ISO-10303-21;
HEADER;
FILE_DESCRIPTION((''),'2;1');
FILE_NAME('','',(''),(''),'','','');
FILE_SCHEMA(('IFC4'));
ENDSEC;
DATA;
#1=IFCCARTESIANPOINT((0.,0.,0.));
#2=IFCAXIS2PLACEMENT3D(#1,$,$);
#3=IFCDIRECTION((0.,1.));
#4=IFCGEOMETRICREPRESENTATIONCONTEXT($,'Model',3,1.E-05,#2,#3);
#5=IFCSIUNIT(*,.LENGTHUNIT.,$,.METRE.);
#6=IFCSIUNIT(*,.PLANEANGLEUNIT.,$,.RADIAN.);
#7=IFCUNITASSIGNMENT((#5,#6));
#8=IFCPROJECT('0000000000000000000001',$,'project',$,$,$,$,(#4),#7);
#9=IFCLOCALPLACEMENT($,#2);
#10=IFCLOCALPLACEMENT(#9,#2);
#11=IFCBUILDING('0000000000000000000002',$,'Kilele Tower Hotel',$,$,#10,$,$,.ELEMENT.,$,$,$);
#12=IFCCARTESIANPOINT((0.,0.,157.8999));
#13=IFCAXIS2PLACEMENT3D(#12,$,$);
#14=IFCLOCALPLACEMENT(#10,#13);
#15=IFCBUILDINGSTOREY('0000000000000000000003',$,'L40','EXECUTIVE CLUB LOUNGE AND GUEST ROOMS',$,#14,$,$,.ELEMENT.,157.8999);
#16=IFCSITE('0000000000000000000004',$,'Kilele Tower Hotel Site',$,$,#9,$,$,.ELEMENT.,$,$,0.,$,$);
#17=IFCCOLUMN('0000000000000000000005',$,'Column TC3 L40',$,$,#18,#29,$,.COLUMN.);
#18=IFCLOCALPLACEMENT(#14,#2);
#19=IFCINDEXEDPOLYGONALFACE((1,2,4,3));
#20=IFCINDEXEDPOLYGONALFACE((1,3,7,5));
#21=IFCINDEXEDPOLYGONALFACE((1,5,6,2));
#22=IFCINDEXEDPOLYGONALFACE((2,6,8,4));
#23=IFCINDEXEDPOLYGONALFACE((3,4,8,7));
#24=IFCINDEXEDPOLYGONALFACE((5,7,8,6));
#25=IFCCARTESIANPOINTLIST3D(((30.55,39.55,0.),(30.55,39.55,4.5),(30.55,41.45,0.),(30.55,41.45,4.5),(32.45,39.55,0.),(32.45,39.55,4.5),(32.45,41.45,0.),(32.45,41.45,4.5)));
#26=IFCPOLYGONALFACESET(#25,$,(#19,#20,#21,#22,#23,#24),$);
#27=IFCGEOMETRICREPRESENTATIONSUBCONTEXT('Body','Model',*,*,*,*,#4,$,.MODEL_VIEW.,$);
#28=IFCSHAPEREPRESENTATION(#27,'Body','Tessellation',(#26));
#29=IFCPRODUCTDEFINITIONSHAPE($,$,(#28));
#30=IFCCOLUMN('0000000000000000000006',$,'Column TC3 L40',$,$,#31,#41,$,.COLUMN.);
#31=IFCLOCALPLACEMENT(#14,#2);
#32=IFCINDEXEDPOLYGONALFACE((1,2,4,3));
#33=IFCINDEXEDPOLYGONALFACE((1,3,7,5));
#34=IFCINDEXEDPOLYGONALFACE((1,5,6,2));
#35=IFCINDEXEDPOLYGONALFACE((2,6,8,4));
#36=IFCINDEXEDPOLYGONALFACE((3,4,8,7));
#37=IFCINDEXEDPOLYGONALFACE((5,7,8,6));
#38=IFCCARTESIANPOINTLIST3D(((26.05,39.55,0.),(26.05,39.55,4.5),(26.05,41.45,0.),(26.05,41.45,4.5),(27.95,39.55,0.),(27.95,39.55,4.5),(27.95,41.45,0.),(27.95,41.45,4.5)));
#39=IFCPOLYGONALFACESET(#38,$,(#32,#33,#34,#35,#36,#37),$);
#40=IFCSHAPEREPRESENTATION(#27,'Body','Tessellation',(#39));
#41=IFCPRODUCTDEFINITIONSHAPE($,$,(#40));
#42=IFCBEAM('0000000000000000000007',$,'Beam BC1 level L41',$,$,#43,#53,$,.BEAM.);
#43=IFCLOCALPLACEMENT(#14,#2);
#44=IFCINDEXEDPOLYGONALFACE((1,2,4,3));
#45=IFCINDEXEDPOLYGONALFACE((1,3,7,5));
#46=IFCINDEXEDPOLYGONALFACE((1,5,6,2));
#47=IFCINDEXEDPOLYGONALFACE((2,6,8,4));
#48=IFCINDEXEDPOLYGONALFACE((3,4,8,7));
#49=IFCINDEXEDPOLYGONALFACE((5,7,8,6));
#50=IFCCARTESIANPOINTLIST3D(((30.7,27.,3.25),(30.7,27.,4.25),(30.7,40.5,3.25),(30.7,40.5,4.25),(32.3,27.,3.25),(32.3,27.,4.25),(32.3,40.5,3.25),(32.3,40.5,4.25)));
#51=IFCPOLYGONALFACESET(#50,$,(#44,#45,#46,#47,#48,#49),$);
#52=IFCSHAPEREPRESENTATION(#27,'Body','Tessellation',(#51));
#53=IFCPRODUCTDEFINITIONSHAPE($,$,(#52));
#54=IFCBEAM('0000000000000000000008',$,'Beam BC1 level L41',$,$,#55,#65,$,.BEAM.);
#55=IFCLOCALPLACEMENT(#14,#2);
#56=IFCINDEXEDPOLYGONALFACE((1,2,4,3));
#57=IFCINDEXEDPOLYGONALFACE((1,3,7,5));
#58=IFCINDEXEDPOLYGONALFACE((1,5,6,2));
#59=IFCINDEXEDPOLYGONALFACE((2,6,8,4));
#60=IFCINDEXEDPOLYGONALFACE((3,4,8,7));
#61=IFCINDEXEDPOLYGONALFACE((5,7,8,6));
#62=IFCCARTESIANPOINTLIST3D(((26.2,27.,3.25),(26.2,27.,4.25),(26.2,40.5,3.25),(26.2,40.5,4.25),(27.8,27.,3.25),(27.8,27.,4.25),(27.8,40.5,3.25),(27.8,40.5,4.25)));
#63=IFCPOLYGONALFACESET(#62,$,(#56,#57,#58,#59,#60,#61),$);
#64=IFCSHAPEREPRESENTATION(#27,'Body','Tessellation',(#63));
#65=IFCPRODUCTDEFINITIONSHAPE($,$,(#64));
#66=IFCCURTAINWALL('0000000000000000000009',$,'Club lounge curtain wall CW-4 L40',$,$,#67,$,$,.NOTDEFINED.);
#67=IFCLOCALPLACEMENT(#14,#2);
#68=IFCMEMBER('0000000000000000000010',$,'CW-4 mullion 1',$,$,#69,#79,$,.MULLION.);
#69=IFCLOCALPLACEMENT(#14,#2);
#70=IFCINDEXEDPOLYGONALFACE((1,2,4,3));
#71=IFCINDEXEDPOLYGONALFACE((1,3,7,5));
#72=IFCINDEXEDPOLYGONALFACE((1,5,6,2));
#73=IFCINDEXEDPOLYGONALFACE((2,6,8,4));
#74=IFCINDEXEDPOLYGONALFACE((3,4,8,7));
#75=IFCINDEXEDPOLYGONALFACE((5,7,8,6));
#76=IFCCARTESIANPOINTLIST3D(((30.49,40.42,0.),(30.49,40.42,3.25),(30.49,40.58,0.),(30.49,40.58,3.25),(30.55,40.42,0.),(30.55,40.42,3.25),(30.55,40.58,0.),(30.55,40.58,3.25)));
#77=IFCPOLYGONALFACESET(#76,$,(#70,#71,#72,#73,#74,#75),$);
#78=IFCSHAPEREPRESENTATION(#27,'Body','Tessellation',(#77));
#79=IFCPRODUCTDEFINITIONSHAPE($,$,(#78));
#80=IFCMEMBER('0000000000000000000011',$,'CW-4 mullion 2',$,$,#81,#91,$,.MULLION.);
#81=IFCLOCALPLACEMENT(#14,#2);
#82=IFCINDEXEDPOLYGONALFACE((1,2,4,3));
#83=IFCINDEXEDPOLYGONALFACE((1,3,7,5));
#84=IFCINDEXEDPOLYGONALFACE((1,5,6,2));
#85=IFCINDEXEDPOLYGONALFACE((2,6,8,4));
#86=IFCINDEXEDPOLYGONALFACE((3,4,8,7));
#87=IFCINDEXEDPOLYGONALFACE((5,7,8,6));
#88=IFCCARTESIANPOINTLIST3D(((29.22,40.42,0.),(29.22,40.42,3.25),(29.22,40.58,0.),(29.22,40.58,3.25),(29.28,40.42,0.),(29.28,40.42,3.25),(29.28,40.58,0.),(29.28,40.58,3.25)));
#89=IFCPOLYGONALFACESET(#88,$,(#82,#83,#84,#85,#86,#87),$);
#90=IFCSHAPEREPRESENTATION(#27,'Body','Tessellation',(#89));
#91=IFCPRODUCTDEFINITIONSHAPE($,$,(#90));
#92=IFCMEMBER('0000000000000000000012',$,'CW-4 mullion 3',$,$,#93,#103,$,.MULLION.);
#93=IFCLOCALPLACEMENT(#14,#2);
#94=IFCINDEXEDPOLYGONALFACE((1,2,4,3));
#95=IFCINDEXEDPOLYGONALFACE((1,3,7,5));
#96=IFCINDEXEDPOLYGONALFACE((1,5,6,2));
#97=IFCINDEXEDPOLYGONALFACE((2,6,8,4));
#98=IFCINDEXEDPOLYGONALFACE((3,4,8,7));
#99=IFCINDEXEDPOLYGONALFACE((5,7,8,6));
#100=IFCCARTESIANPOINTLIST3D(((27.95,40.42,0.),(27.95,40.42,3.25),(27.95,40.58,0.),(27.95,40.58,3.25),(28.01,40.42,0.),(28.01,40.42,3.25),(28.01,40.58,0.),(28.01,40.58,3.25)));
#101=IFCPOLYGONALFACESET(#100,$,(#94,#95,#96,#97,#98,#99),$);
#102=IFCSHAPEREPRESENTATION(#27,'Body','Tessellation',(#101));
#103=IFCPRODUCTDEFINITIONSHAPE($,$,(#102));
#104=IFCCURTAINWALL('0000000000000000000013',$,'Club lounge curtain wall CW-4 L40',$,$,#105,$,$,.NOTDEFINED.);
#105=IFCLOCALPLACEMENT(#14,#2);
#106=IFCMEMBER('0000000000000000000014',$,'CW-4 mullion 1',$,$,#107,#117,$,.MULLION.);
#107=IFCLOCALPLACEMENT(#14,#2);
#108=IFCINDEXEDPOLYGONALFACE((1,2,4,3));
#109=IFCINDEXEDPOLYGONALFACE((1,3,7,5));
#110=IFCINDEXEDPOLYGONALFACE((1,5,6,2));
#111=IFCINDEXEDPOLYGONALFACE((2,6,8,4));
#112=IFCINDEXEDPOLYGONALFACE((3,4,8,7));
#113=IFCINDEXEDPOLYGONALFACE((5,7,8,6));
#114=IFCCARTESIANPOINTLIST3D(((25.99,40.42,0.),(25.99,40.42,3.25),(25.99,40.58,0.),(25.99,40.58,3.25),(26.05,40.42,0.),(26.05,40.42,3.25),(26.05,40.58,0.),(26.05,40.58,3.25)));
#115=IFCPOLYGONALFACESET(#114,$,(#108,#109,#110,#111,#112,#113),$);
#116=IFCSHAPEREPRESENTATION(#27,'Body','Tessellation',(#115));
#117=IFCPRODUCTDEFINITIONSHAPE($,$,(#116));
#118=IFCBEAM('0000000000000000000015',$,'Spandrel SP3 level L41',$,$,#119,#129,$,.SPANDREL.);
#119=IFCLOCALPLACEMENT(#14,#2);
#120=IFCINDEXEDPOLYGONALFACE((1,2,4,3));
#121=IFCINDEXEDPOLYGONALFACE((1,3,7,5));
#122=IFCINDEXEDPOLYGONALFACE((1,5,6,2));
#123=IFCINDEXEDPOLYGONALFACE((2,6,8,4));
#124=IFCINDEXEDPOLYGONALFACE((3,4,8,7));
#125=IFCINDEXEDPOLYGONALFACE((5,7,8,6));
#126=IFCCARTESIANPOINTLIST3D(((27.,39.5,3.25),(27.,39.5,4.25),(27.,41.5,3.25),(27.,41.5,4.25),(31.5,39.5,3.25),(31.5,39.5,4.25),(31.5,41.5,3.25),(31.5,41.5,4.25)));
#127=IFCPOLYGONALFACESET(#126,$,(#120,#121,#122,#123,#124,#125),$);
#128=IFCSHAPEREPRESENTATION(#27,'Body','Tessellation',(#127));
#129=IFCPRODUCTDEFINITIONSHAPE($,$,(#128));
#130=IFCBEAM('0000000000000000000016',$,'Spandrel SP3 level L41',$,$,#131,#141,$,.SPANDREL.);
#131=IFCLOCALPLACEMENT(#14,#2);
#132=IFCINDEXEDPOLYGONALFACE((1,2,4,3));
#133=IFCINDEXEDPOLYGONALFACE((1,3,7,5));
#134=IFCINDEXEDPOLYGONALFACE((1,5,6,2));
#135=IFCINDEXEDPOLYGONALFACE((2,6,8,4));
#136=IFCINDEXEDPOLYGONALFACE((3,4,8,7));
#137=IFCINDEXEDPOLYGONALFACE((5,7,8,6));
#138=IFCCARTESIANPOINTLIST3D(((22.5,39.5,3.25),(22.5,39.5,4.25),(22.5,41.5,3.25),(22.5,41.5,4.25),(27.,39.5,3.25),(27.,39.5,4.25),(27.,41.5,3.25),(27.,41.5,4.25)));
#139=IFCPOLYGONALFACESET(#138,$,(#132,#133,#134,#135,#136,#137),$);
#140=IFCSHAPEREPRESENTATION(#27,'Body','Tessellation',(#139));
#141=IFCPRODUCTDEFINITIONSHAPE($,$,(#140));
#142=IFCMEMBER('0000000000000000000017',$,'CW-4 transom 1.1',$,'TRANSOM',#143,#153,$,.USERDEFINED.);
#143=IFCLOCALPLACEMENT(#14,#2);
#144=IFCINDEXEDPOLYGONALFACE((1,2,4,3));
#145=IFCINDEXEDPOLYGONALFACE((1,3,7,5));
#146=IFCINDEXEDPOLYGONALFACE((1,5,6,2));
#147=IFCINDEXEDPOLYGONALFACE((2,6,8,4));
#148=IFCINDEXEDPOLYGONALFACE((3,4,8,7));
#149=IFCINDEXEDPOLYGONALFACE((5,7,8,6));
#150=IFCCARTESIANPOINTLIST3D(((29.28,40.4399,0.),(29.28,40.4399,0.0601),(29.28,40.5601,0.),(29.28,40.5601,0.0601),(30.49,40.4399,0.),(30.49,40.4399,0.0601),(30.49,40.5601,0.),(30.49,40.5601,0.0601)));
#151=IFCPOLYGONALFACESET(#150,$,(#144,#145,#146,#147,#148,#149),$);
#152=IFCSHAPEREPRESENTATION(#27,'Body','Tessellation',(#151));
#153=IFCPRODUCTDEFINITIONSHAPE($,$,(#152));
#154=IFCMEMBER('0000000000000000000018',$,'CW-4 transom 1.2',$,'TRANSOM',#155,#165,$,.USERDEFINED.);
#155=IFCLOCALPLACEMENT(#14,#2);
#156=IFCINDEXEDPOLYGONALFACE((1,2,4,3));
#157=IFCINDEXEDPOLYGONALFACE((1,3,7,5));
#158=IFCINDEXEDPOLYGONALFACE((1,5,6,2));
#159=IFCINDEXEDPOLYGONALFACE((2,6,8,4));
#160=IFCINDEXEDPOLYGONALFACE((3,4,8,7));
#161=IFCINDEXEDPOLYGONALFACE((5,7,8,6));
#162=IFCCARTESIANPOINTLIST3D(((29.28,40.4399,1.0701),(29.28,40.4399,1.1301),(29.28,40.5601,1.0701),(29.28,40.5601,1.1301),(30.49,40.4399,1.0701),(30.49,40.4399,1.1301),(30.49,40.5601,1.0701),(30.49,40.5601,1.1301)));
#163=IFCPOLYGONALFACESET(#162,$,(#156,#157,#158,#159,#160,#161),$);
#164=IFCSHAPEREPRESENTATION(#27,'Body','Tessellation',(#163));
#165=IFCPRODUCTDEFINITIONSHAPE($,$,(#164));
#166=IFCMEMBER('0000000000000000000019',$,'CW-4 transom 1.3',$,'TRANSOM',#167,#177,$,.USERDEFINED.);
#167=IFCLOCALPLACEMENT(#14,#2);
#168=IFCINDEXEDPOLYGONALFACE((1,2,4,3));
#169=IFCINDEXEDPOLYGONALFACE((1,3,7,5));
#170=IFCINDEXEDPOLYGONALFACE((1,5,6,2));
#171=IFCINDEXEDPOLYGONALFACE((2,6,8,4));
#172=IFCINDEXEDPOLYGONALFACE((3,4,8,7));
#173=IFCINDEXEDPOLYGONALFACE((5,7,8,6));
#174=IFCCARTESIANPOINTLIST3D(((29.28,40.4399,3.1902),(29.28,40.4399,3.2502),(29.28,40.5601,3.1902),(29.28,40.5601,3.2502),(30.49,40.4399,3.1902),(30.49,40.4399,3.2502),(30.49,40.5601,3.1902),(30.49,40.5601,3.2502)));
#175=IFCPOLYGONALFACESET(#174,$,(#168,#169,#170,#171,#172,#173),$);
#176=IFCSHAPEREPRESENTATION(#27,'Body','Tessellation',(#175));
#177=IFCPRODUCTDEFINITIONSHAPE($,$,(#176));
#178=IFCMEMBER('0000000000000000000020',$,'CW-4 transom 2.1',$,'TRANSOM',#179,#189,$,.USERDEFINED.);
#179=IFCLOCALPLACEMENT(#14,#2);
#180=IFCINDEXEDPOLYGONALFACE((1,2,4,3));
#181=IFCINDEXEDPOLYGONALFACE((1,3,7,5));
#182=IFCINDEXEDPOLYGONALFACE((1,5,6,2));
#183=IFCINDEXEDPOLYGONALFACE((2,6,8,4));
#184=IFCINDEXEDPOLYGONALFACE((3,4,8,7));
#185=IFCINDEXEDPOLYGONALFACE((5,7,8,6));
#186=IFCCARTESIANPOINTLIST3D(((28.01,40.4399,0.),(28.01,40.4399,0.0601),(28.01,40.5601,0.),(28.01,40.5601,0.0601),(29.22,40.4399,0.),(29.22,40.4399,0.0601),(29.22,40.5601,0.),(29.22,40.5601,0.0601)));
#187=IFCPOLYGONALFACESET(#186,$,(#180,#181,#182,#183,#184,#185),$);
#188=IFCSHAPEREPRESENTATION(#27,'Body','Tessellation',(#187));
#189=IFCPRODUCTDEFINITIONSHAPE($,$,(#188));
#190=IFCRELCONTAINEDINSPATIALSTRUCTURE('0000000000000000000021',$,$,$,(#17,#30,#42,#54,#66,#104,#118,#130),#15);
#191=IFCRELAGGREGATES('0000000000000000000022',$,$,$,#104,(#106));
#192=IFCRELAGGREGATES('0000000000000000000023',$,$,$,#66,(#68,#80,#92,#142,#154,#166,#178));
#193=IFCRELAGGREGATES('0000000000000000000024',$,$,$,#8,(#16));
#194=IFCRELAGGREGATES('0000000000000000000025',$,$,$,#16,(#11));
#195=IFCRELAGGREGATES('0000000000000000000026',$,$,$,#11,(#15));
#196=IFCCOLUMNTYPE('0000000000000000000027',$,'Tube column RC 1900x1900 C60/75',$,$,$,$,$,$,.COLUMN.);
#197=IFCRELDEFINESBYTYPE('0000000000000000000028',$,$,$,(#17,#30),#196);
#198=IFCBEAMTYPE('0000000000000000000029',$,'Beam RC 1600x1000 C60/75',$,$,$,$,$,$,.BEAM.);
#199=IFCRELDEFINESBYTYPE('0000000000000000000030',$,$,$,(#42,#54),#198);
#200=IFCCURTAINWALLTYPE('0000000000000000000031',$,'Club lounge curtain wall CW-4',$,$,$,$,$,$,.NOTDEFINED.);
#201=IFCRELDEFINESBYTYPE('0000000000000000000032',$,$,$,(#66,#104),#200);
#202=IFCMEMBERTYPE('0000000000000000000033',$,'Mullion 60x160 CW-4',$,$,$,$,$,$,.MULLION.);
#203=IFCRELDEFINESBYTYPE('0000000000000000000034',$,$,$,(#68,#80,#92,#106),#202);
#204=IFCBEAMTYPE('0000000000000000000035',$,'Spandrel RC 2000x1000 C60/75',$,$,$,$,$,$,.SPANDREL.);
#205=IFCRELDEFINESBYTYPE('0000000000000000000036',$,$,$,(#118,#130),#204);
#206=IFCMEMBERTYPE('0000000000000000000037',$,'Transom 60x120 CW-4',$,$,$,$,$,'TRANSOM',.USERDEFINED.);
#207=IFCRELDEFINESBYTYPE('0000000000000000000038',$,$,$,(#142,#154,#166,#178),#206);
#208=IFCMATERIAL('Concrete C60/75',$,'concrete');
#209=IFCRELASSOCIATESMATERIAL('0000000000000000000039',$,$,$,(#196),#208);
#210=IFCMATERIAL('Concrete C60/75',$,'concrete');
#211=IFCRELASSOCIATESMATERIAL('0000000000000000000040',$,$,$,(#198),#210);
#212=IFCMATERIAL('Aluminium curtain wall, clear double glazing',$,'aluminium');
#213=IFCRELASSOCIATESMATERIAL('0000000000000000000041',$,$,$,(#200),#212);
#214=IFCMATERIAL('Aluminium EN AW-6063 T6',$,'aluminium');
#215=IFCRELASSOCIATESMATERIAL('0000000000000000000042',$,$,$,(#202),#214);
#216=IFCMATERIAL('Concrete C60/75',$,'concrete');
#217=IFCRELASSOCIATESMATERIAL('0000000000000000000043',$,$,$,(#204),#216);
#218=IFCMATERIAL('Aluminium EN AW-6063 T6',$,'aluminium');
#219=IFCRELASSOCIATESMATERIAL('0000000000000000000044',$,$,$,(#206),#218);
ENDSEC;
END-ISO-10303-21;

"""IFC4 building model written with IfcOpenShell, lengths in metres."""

from ifc_helpers import new_model, si_unit, direction, frame, origin, origin_2d, place, context, subcontext, project, spatial, rectangle, extrude, material, material_profile, profile_set, type_object, element, aggregate, save


model = new_model("IFC4")

# Units and contexts
model_context = context("Model", 3, precision=1e-05, world=origin(), true_north=direction((0.0, 1.0)))
body_context = subcontext(model_context, "Body", "Model", "MODEL_VIEW")
ifc_project = project(units=[si_unit("LENGTHUNIT", "METRE"), si_unit("PLANEANGLEUNIT", "RADIAN")], contexts=[model_context])

# Site, building, storey
site_placement = place(None, origin())
site = spatial("IfcSite", under=ifc_project, at=site_placement, Name="Kilele Tower Hotel Site", CompositionType="ELEMENT", RefElevation=0.0)
building_placement = place(site_placement, origin())
building = spatial("IfcBuilding", under=site, at=building_placement, Name="Kilele Tower Hotel", CompositionType="ELEMENT")
storey_placement = place(building_placement, frame((0.0, 0.0, 157.8999)))
storey = spatial("IfcBuildingStorey", under=building, at=storey_placement, Name="L40", Description="EXECUTIVE CLUB LOUNGE AND GUEST ROOMS", CompositionType="ELEMENT", Elevation=157.8999)

# Columns
ifc_material_1 = material(Name="Concrete C60/75", Category="concrete")
ifc_material_profile_1 = material_profile(ifc_material_1, rectangle(XDim=1.8999, YDim=1.8999, at=origin_2d()))
ifc_profile_set_1 = profile_set([ifc_material_profile_1], Name="Concrete C60/75")
column_type = type_object("IfcColumnType", Name="Tube column RC 1900x1900 C60/75", PredefinedType="COLUMN", material=ifc_profile_set_1)
for number, where, z_axis, x_axis, name in (
    (1, (31.5, 40.5, 0.0), (0.0, 0.0, 1.0), (1.0, 0.0, 0.0), "Column TC3 L40"),
    (2, (27.0, 40.5, 0.0), (0.0, 0.0, 1.0), (1.0, 0.0, 0.0), "Column TC3 L40"),
):
    element("IfcColumn", number, at=place(storey_placement, frame(where, z_axis=z_axis, x_axis=x_axis)), inside=storey, type_object=column_type, Name=name, PredefinedType="COLUMN", context=body_context, shape_type="SweptSolid", body=[
        extrude(rectangle(XDim=1.8999, YDim=1.8999, at=origin_2d()), origin(), (0.0, 0.0, 1.0), 4.5),
    ])

# Beams
ifc_material_2 = material(Name="Concrete C60/75", Category="concrete")
ifc_material_profile_2 = material_profile(ifc_material_2, rectangle(XDim=1.6001, YDim=1.0, at=origin_2d()))
ifc_profile_set_2 = profile_set([ifc_material_profile_2], Name="Concrete C60/75")
beam_type_1 = type_object("IfcBeamType", Name="Beam RC 1600x1000 C60/75", PredefinedType="BEAM", material=ifc_profile_set_2)
for number, where, z_axis, x_axis, name in (
    (3, (31.5, 40.5, 3.75), (0.0, -1.0, 0.0), (1.0, 0.0, 0.0), "Beam BC1 level L41"),
    (4, (27.0, 40.5, 3.75), (0.0, -1.0, 0.0), (1.0, 0.0, 0.0), "Beam BC1 level L41"),
):
    element("IfcBeam", number, at=place(storey_placement, frame(where, z_axis=z_axis, x_axis=x_axis)), inside=storey, type_object=beam_type_1, Name=name, PredefinedType="BEAM", context=body_context, shape_type="SweptSolid", body=[
        extrude(rectangle(XDim=1.6001, YDim=1.0, at=origin_2d()), origin(), (0.0, 0.0, 1.0), 13.5),
    ])

# Curtain wall, members
ifc_material_3 = material(Name="Aluminium curtain wall, clear double glazing", Category="aluminium")
curtain_wall_type = type_object("IfcCurtainWallType", Name="Club lounge curtain wall CW-4", PredefinedType="NOTDEFINED", material=ifc_material_3)
curtain_wall_1_placement = place(storey_placement, origin())
curtain_wall_1 = element("IfcCurtainWall", 5, at=curtain_wall_1_placement, inside=storey, type_object=curtain_wall_type, Name="Club lounge curtain wall CW-4 L40", PredefinedType="NOTDEFINED")
ifc_material_4 = material(Name="Aluminium EN AW-6063 T6", Category="aluminium")
ifc_material_profile_3 = material_profile(ifc_material_4, rectangle(XDim=0.1599, YDim=0.0601, at=origin_2d()))
ifc_profile_set_3 = profile_set([ifc_material_profile_3], Name="Aluminium EN AW-6063 T6")
member_type_1 = type_object("IfcMemberType", Name="Mullion 60x160 CW-4", PredefinedType="MULLION", material=ifc_profile_set_3)
member_1_placement = place(storey_placement, frame((30.52, 40.5, 0.0), z_axis=(0.0, 0.0, 1.0), x_axis=(0.0, -1.0, 0.0)))
member_1 = element("IfcMember", 6, at=member_1_placement, type_object=member_type_1, Name="CW-4 mullion 1", PredefinedType="MULLION", context=body_context, shape_type="SweptSolid", body=[
    extrude(rectangle(XDim=0.1599, YDim=0.0601, at=origin_2d()), origin(), (0.0, 0.0, 1.0), 3.25),
])
member_2_placement = place(storey_placement, frame((29.25, 40.5, 0.0), z_axis=(0.0, 0.0, 1.0), x_axis=(0.0, -1.0, 0.0)))
member_2 = element("IfcMember", 7, at=member_2_placement, type_object=member_type_1, Name="CW-4 mullion 2", PredefinedType="MULLION", context=body_context, shape_type="SweptSolid", body=[
    extrude(rectangle(XDim=0.1599, YDim=0.0601, at=origin_2d()), origin(), (0.0, 0.0, 1.0), 3.25),
])
member_3_placement = place(storey_placement, frame((27.98, 40.5, 0.0), z_axis=(0.0, 0.0, 1.0), x_axis=(0.0, -1.0, 0.0)))
member_3 = element("IfcMember", 8, at=member_3_placement, type_object=member_type_1, Name="CW-4 mullion 3", PredefinedType="MULLION", context=body_context, shape_type="SweptSolid", body=[
    extrude(rectangle(XDim=0.1599, YDim=0.0601, at=origin_2d()), origin(), (0.0, 0.0, 1.0), 3.25),
])

# Curtain wall, member
curtain_wall_2_placement = place(storey_placement, origin())
curtain_wall_2 = element("IfcCurtainWall", 9, at=curtain_wall_2_placement, inside=storey, type_object=curtain_wall_type, Name="Club lounge curtain wall CW-4 L40", PredefinedType="NOTDEFINED")
member_4_placement = place(storey_placement, frame((26.02, 40.5, 0.0), z_axis=(0.0, 0.0, 1.0), x_axis=(0.0, -1.0, 0.0)))
member_4 = element("IfcMember", 10, at=member_4_placement, type_object=member_type_1, Name="CW-4 mullion 1", PredefinedType="MULLION", context=body_context, shape_type="SweptSolid", body=[
    extrude(rectangle(XDim=0.1599, YDim=0.0601, at=origin_2d()), origin(), (0.0, 0.0, 1.0), 3.25),
])
aggregate(curtain_wall_2, [member_4])

# Beams
ifc_material_5 = material(Name="Concrete C60/75", Category="concrete")
ifc_material_profile_4 = material_profile(ifc_material_5, rectangle(XDim=2.0, YDim=1.0, at=origin_2d()))
ifc_profile_set_4 = profile_set([ifc_material_profile_4], Name="Concrete C60/75")
beam_type_2 = type_object("IfcBeamType", Name="Spandrel RC 2000x1000 C60/75", PredefinedType="SPANDREL", material=ifc_profile_set_4)
for number, where, z_axis, x_axis, name in (
    (11, (31.5, 40.5, 3.75), (-1.0, 0.0, 0.0), (0.0, -1.0, 0.0), "Spandrel SP3 level L41"),
    (12, (27.0, 40.5, 3.75), (-1.0, 0.0, 0.0), (0.0, -1.0, 0.0), "Spandrel SP3 level L41"),
):
    element("IfcBeam", number, at=place(storey_placement, frame(where, z_axis=z_axis, x_axis=x_axis)), inside=storey, type_object=beam_type_2, Name=name, PredefinedType="SPANDREL", context=body_context, shape_type="SweptSolid", body=[
        extrude(rectangle(XDim=2.0, YDim=1.0, at=origin_2d()), origin(), (0.0, 0.0, 1.0), 4.5),
    ])

# Members
ifc_material_6 = material(Name="Aluminium EN AW-6063 T6", Category="aluminium")
ifc_material_profile_5 = material_profile(ifc_material_6, rectangle(XDim=0.1201, YDim=0.0601, at=origin_2d()))
ifc_profile_set_5 = profile_set([ifc_material_profile_5], Name="Aluminium EN AW-6063 T6")
member_type_2 = type_object("IfcMemberType", Name="Transom 60x120 CW-4", ElementType="TRANSOM", PredefinedType="USERDEFINED", material=ifc_profile_set_5)
member_5_placement = place(storey_placement, frame((30.49, 40.5, 0.03), z_axis=(-1.0, 0.0, 0.0), x_axis=(0.0, -1.0, 0.0)))
member_5 = element("IfcMember", 13, at=member_5_placement, type_object=member_type_2, Name="CW-4 transom 1.1", ObjectType="TRANSOM", PredefinedType="USERDEFINED", context=body_context, shape_type="SweptSolid", body=[
    extrude(rectangle(XDim=0.1201, YDim=0.0601, at=origin_2d()), origin(), (0.0, 0.0, 1.0), 1.21),
])
member_6_placement = place(storey_placement, frame((30.49, 40.5, 1.1001), z_axis=(-1.0, 0.0, 0.0), x_axis=(0.0, -1.0, 0.0)))
member_6 = element("IfcMember", 14, at=member_6_placement, type_object=member_type_2, Name="CW-4 transom 1.2", ObjectType="TRANSOM", PredefinedType="USERDEFINED", context=body_context, shape_type="SweptSolid", body=[
    extrude(rectangle(XDim=0.1201, YDim=0.0601, at=origin_2d()), origin(), (0.0, 0.0, 1.0), 1.21),
])
member_7_placement = place(storey_placement, frame((30.49, 40.5, 3.2202), z_axis=(-1.0, 0.0, 0.0), x_axis=(0.0, -1.0, 0.0)))
member_7 = element("IfcMember", 15, at=member_7_placement, type_object=member_type_2, Name="CW-4 transom 1.3", ObjectType="TRANSOM", PredefinedType="USERDEFINED", context=body_context, shape_type="SweptSolid", body=[
    extrude(rectangle(XDim=0.1201, YDim=0.0601, at=origin_2d()), origin(), (0.0, 0.0, 1.0), 1.21),
])
member_8_placement = place(storey_placement, frame((29.22, 40.5, 0.03), z_axis=(-1.0, 0.0, 0.0), x_axis=(0.0, -1.0, 0.0)))
member_8 = element("IfcMember", 16, at=member_8_placement, type_object=member_type_2, Name="CW-4 transom 2.1", ObjectType="TRANSOM", PredefinedType="USERDEFINED", context=body_context, shape_type="SweptSolid", body=[
    extrude(rectangle(XDim=0.1201, YDim=0.0601, at=origin_2d()), origin(), (0.0, 0.0, 1.0), 1.21),
])

aggregate(curtain_wall_1, [member_1, member_2, member_3, member_5, member_6, member_7, member_8])

save(model, "model.ifc")
